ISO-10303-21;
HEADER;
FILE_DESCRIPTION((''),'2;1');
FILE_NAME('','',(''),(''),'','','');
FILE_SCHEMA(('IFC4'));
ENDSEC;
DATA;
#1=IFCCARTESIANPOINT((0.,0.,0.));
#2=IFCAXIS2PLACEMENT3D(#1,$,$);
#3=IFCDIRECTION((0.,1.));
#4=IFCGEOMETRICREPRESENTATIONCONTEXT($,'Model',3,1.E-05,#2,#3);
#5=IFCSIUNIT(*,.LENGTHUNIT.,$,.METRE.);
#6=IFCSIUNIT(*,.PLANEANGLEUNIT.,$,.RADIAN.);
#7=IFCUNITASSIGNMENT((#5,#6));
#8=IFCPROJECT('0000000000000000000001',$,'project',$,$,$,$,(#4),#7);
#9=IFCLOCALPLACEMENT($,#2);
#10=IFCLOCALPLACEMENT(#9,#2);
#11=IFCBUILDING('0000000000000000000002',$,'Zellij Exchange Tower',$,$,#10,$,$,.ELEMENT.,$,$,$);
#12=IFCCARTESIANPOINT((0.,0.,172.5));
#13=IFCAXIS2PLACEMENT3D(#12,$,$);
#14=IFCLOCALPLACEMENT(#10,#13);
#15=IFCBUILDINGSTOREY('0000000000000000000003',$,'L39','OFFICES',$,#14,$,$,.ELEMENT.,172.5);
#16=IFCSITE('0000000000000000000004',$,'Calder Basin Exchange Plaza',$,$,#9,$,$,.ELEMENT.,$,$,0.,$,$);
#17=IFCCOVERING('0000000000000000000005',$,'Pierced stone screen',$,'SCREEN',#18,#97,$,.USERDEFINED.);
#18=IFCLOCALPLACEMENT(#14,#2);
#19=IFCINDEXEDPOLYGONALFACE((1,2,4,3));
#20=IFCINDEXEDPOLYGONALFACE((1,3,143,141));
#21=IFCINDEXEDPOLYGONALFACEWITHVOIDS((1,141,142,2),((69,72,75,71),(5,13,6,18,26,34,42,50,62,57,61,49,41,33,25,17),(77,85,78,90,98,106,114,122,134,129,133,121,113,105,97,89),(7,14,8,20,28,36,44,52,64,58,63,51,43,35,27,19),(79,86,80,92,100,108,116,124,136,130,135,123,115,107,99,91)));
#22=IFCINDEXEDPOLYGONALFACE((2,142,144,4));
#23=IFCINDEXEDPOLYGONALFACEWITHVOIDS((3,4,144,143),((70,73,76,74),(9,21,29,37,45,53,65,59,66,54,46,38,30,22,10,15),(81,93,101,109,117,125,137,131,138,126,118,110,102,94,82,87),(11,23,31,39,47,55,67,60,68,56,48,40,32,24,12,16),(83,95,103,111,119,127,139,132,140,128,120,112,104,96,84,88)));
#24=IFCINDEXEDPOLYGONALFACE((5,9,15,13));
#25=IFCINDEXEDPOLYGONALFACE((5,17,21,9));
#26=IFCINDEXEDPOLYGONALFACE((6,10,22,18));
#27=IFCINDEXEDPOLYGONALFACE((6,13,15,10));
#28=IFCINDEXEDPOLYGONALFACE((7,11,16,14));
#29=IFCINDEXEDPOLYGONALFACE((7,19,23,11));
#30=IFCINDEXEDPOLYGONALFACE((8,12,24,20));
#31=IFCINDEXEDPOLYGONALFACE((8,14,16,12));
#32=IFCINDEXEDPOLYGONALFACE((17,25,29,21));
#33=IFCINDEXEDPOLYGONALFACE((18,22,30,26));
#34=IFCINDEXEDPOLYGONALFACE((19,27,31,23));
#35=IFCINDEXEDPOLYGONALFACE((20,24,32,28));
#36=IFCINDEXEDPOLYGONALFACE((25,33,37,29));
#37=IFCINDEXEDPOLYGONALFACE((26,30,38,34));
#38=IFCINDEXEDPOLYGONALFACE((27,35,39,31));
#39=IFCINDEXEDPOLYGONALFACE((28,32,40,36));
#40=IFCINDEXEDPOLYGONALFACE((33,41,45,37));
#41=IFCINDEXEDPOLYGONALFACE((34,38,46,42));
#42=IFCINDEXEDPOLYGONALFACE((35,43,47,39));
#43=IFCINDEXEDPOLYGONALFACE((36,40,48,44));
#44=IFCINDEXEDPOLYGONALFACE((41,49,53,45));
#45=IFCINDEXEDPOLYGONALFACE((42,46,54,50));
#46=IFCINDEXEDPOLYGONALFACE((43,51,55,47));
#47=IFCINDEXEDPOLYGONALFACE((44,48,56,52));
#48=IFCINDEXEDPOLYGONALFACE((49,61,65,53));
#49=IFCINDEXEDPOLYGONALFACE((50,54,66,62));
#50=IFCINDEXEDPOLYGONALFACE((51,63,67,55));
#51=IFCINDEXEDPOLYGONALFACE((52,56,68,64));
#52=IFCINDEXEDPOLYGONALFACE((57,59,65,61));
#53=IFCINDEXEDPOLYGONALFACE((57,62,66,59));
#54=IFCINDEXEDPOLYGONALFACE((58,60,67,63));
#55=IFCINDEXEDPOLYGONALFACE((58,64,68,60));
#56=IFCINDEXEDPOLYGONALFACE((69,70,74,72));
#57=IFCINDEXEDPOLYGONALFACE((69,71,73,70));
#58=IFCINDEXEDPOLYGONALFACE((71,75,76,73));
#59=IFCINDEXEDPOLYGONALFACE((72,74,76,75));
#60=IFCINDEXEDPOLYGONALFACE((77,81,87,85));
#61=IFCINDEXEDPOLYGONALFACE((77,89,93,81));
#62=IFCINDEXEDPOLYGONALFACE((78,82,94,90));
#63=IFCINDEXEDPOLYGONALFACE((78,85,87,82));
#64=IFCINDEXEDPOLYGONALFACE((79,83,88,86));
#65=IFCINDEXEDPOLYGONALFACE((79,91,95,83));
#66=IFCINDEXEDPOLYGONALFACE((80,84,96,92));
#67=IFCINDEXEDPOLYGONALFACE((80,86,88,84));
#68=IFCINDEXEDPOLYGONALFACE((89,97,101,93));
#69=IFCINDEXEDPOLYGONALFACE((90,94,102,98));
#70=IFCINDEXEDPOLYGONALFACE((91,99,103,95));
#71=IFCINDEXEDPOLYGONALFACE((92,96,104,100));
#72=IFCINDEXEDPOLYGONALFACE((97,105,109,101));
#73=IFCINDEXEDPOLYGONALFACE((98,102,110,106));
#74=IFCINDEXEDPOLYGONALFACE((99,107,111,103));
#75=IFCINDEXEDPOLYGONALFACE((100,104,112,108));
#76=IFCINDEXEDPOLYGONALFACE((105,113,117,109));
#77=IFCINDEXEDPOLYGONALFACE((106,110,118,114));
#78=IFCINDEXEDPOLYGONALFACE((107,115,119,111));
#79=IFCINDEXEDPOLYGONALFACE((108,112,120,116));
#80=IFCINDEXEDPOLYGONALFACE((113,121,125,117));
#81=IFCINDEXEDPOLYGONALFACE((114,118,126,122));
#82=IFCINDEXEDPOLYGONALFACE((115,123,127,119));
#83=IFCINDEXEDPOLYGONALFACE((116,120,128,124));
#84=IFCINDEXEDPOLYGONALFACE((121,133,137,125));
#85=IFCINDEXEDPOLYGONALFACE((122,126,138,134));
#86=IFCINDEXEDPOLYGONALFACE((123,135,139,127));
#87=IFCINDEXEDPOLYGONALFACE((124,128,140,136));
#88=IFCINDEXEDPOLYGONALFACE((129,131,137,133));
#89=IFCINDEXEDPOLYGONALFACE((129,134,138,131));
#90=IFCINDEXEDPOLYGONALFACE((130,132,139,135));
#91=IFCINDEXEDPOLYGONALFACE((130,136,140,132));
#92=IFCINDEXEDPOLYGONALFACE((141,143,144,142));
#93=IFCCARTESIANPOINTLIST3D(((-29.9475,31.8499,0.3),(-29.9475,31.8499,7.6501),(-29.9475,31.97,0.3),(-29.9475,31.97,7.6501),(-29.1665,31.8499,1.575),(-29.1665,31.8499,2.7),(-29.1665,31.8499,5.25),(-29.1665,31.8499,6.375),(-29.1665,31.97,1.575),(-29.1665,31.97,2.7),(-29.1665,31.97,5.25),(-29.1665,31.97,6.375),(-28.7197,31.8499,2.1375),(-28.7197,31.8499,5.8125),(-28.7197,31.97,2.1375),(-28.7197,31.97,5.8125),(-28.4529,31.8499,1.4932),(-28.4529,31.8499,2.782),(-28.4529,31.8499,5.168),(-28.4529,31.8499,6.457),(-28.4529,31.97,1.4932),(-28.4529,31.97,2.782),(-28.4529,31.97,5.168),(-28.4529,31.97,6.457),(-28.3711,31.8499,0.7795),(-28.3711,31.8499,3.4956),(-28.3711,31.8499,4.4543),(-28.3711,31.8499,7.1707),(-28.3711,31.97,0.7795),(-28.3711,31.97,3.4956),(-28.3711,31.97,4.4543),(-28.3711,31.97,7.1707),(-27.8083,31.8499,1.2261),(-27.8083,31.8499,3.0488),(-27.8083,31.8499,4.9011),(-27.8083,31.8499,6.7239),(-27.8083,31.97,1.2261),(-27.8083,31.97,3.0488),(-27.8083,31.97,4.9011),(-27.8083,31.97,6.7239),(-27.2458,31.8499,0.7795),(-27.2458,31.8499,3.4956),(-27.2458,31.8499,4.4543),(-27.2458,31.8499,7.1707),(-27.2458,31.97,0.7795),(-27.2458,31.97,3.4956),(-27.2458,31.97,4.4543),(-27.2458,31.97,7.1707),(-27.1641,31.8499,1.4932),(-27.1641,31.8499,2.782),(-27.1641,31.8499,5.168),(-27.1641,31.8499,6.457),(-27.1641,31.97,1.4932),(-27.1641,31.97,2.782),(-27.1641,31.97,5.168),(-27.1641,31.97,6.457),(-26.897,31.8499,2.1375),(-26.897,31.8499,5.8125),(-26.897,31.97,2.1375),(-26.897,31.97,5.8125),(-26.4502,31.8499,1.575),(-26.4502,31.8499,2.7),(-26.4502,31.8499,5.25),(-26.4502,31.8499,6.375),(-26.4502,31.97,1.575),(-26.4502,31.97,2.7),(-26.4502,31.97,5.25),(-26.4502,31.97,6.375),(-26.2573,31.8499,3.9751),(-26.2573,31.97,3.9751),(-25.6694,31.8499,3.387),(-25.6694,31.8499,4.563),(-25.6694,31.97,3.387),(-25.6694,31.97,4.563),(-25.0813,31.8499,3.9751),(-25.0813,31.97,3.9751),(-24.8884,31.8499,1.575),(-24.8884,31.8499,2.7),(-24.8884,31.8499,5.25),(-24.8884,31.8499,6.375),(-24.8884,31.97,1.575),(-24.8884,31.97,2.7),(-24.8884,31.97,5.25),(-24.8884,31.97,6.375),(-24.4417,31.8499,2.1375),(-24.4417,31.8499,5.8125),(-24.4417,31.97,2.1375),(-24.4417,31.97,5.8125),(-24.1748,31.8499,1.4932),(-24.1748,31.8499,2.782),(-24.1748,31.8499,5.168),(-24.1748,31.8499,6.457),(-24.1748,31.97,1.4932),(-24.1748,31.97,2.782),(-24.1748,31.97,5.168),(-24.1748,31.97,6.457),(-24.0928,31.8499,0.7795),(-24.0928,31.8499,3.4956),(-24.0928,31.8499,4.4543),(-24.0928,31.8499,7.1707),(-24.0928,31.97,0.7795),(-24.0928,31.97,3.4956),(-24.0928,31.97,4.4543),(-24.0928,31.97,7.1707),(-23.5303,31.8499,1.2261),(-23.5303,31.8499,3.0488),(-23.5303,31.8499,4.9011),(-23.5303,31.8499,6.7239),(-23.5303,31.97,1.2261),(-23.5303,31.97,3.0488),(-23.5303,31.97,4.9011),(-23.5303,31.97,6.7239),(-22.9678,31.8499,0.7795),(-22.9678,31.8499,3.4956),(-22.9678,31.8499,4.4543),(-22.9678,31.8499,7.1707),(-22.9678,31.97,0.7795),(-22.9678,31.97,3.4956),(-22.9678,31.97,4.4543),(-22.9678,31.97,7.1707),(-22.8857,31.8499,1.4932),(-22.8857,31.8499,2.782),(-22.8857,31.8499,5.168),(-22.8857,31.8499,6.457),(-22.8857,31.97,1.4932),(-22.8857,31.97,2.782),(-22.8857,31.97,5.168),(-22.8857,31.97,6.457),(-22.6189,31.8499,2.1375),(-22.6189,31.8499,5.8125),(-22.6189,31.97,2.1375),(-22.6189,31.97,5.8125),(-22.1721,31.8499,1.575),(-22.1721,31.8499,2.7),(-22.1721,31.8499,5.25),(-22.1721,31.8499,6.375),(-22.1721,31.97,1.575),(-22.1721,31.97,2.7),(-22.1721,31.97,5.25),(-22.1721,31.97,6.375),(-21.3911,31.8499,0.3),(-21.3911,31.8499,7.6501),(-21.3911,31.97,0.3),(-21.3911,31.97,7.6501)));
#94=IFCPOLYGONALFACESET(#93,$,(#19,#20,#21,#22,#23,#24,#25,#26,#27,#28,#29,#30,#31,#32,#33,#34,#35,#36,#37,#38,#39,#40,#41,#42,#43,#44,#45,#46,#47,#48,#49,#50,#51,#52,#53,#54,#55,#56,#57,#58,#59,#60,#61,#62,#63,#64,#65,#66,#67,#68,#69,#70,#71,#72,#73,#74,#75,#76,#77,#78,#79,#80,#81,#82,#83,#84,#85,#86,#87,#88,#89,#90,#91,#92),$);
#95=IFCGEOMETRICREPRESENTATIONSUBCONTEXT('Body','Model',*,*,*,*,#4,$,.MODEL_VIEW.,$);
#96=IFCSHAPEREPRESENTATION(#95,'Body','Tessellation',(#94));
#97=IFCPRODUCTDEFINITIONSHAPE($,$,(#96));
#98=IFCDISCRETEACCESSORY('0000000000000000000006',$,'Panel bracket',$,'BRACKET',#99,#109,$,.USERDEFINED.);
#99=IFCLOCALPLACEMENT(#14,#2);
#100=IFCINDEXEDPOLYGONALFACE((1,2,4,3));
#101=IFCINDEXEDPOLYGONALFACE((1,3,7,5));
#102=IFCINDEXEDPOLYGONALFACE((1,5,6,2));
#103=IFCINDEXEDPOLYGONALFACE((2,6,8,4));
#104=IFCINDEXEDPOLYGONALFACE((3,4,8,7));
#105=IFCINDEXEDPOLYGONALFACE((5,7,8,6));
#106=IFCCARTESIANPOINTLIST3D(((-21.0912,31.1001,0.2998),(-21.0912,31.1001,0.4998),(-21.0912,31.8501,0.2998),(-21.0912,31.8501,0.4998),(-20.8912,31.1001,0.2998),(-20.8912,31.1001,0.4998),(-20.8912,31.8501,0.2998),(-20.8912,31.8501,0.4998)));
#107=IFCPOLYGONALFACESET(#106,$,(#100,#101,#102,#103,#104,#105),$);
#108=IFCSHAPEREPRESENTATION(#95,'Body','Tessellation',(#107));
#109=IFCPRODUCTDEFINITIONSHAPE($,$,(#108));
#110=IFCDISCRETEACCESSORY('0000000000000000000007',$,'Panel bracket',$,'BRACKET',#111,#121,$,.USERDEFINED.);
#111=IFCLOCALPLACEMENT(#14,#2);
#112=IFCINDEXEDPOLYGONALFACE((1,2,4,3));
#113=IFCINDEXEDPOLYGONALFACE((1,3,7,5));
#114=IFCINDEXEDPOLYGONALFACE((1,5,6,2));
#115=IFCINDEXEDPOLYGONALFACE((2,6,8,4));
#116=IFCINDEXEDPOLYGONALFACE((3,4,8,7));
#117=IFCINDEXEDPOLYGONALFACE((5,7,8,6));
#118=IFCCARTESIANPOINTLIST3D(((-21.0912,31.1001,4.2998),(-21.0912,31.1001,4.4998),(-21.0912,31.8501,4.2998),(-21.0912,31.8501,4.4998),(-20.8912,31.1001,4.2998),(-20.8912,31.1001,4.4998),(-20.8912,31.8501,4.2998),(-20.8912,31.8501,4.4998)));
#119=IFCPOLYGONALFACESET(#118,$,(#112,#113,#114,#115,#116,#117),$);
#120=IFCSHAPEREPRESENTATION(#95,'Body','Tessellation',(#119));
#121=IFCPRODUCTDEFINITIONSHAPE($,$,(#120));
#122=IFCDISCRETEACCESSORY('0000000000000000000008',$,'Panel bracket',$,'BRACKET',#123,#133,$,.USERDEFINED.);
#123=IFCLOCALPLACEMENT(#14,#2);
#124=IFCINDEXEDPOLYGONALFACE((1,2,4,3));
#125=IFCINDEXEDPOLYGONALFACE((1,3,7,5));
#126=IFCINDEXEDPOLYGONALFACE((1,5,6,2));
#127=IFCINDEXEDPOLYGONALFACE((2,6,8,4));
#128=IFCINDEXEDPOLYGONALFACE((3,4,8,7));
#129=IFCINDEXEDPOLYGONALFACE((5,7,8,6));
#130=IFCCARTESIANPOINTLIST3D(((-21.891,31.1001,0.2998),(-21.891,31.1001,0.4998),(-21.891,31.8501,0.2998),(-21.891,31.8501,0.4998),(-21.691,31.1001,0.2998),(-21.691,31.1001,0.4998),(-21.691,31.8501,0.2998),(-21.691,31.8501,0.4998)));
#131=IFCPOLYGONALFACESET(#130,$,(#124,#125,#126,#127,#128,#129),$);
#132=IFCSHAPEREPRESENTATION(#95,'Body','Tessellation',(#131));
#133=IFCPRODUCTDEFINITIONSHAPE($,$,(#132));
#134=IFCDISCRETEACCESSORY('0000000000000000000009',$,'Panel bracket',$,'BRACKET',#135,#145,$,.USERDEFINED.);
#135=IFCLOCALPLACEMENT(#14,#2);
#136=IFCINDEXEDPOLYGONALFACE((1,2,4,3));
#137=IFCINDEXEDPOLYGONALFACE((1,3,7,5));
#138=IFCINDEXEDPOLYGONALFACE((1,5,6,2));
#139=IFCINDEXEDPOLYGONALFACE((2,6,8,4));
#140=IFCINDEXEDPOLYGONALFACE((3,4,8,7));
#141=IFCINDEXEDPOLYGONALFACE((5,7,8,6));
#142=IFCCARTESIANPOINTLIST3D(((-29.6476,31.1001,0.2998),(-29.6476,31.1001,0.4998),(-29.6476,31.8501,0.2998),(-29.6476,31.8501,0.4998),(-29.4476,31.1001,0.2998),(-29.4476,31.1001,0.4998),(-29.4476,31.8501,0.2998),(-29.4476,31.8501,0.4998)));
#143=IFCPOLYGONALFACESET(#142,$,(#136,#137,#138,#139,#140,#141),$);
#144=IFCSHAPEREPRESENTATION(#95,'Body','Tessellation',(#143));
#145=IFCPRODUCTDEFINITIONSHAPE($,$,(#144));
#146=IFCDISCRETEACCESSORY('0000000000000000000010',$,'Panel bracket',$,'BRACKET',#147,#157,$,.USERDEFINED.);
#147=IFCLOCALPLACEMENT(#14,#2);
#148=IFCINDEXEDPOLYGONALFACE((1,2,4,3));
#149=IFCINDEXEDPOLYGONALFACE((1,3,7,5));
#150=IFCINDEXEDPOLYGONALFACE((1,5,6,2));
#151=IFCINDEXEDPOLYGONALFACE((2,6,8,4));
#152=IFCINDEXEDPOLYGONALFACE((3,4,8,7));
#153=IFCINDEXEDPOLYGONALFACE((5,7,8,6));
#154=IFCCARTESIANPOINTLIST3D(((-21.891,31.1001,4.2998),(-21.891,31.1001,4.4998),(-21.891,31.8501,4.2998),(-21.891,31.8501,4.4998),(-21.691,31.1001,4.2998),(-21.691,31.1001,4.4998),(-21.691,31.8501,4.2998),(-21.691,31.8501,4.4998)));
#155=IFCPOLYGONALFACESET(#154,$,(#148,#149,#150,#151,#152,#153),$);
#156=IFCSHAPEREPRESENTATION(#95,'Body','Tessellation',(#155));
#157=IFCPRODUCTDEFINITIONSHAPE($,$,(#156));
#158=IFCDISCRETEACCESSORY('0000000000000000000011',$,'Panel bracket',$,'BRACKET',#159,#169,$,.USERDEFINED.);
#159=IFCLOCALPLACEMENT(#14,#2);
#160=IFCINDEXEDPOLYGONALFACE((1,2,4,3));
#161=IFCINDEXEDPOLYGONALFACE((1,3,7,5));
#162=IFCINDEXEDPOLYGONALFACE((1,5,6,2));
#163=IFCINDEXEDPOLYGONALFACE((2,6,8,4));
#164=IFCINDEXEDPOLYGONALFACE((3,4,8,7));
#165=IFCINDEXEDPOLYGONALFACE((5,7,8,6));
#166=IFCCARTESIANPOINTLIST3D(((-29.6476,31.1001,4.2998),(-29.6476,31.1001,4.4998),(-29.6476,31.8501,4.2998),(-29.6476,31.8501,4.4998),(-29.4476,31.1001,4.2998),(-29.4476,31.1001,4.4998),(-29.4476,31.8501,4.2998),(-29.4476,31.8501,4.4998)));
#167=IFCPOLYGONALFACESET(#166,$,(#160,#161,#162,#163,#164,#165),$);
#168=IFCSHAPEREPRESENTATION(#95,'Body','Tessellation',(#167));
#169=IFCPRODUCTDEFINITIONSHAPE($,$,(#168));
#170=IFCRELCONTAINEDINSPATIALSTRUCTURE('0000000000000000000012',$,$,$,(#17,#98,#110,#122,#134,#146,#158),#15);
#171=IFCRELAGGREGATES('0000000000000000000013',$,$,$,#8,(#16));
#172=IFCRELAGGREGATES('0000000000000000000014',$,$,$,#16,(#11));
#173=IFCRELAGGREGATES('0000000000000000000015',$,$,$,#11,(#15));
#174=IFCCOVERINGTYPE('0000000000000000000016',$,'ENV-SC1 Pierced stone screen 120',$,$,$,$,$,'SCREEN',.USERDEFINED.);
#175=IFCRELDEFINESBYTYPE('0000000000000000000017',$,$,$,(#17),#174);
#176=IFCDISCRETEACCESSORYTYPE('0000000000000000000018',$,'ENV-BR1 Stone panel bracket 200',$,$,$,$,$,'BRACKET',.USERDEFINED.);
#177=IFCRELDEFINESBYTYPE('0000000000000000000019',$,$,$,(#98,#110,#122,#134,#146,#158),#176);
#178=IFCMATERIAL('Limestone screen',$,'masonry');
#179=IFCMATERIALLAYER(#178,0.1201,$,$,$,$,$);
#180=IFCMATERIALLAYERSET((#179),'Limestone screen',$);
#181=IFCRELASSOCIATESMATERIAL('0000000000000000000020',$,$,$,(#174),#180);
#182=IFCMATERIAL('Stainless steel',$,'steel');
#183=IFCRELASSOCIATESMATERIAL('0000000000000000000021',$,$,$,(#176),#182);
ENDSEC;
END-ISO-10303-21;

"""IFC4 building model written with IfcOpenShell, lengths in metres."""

from ifc_helpers import new_model, si_unit, direction, frame, origin, origin_2d, place, context, subcontext, project, spatial, polyline, rectangle, outline, extrude, material, layer, layer_set, type_object, element, save


model = new_model("IFC4")

# Units and contexts
model_context = context("Model", 3, precision=1e-05, world=origin(), true_north=direction((0.0, 1.0)))
body_context = subcontext(model_context, "Body", "Model", "MODEL_VIEW")
ifc_project = project(units=[si_unit("LENGTHUNIT", "METRE"), si_unit("PLANEANGLEUNIT", "RADIAN")], contexts=[model_context])

# Site, building, storey
site_placement = place(None, origin())
site = spatial("IfcSite", under=ifc_project, at=site_placement, Name="Calder Basin Exchange Plaza", CompositionType="ELEMENT", RefElevation=0.0)
building_placement = place(site_placement, origin())
building = spatial("IfcBuilding", under=site, at=building_placement, Name="Zellij Exchange Tower", CompositionType="ELEMENT")
storey_placement = place(building_placement, frame((0.0, 0.0, 172.5)))
storey = spatial("IfcBuildingStorey", under=building, at=storey_placement, Name="L39", Description="OFFICES", CompositionType="ELEMENT", Elevation=172.5)

# Covering
ifc_material_1 = material(Name="Limestone screen", Category="masonry")
ifc_layer_1 = layer(ifc_material_1, 0.1201)
ifc_layer_set_1 = layer_set([ifc_layer_1], Name="Limestone screen")
covering_type = type_object("IfcCoveringType", Name="ENV-SC1 Pierced stone screen 120", ElementType="SCREEN", PredefinedType="USERDEFINED", material=ifc_layer_set_1)
covering_placement = place(storey_placement, frame((-21.3911, 31.9099, 0.3), z_axis=(0.0, 0.0, 1.0), x_axis=(-1.0, 0.0, 0.0)))
element("IfcCovering", 1, at=covering_placement, inside=storey, type_object=covering_type, Name="Pierced stone screen", ObjectType="SCREEN", PredefinedType="USERDEFINED", context=body_context, shape_type="SweptSolid", body=[
    extrude(outline(polyline([(0.0, 0.0), (8.5564, 0.0), (8.5564, 7.3501), (0.0, 7.3501), (0.0, 0.0)]), holes=[polyline([(3.4973, 2.3999), (2.7837, 2.4819), (2.7017, 3.1956), (2.1392, 2.7488), (1.5767, 3.1956), (1.4946, 2.4819), (0.781, 2.3999), (1.2278, 1.8374), (0.781, 1.2749), (1.4946, 1.1931), (1.5767, 0.4795), (2.1392, 0.926), (2.7017, 0.4795), (2.7837, 1.1931), (3.4973, 1.2749), (3.0505, 1.8374), (3.4973, 2.3999)]), polyline([(3.4973, 6.075), (2.7837, 6.157), (2.7017, 6.8706), (2.1392, 6.4238), (1.5767, 6.8706), (1.4946, 6.157), (0.781, 6.075), (1.2278, 5.5125), (0.781, 4.95), (1.4946, 4.8679), (1.5767, 4.1543), (2.1392, 4.6011), (2.7017, 4.1543), (2.7837, 4.8679), (3.4973, 4.95), (3.0505, 5.5125), (3.4973, 6.075)]), polyline([(7.7754, 2.3999), (7.0618, 2.4819), (6.98, 3.1956), (6.4172, 2.7488), (5.8547, 3.1956), (5.7729, 2.4819), (5.0591, 2.3999), (5.5059, 1.8374), (5.0591, 1.2749), (5.7729, 1.1931), (5.8547, 0.4795), (6.4172, 0.926), (6.98, 0.4795), (7.0618, 1.1931), (7.7754, 1.2749), (7.3286, 1.8374), (7.7754, 2.3999)]), polyline([(7.7754, 6.075), (7.0618, 6.157), (6.98, 6.8706), (6.4172, 6.4238), (5.8547, 6.8706), (5.7729, 6.157), (5.0591, 6.075), (5.5059, 5.5125), (5.0591, 4.95), (5.7729, 4.8679), (5.8547, 4.1543), (6.4172, 4.6011), (6.98, 4.1543), (7.0618, 4.8679), (7.7754, 4.95), (7.3286, 5.5125), (7.7754, 6.075)]), polyline([(4.8662, 3.675), (4.2783, 4.2629), (3.6902, 3.675), (4.2783, 3.0869), (4.8662, 3.675)])]), frame((0.0, 0.0601, 0.0), z_axis=(0.0, -1.0, 0.0), x_axis=(1.0, 0.0, 0.0)), (0.0, 0.0, 1.0), 0.1201),
])

# Discrete accessories
ifc_material_2 = material(Name="Stainless steel", Category="steel")
discrete_accessory_type = type_object("IfcDiscreteAccessoryType", Name="ENV-BR1 Stone panel bracket 200", ElementType="BRACKET", PredefinedType="USERDEFINED", material=ifc_material_2)
for number, where, z_axis, x_axis, name in (
    (2, (-20.9912, 31.4751, 0.2998), (0.0, 0.0, 1.0), (-1.0, 0.0, 0.0), "Panel bracket"),
    (3, (-20.9912, 31.4751, 4.2998), (0.0, 0.0, 1.0), (-1.0, 0.0, 0.0), "Panel bracket"),
    (4, (-21.791, 31.4751, 0.2998), (0.0, 0.0, 1.0), (-1.0, 0.0, 0.0), "Panel bracket"),
    (5, (-29.5476, 31.4751, 0.2998), (0.0, 0.0, 1.0), (-1.0, 0.0, 0.0), "Panel bracket"),
    (6, (-21.791, 31.4751, 4.2998), (0.0, 0.0, 1.0), (-1.0, 0.0, 0.0), "Panel bracket"),
    (7, (-29.5476, 31.4751, 4.2998), (0.0, 0.0, 1.0), (-1.0, 0.0, 0.0), "Panel bracket"),
):
    element("IfcDiscreteAccessory", number, at=place(storey_placement, frame(where, z_axis=z_axis, x_axis=x_axis)), inside=storey, type_object=discrete_accessory_type, Name=name, ObjectType="BRACKET", PredefinedType="USERDEFINED", context=body_context, shape_type="SweptSolid", body=[
        extrude(rectangle(XDim=0.2, YDim=0.75, at=origin_2d()), origin(), (0.0, 0.0, 1.0), 0.2),
    ])

save(model, "model.ifc")
